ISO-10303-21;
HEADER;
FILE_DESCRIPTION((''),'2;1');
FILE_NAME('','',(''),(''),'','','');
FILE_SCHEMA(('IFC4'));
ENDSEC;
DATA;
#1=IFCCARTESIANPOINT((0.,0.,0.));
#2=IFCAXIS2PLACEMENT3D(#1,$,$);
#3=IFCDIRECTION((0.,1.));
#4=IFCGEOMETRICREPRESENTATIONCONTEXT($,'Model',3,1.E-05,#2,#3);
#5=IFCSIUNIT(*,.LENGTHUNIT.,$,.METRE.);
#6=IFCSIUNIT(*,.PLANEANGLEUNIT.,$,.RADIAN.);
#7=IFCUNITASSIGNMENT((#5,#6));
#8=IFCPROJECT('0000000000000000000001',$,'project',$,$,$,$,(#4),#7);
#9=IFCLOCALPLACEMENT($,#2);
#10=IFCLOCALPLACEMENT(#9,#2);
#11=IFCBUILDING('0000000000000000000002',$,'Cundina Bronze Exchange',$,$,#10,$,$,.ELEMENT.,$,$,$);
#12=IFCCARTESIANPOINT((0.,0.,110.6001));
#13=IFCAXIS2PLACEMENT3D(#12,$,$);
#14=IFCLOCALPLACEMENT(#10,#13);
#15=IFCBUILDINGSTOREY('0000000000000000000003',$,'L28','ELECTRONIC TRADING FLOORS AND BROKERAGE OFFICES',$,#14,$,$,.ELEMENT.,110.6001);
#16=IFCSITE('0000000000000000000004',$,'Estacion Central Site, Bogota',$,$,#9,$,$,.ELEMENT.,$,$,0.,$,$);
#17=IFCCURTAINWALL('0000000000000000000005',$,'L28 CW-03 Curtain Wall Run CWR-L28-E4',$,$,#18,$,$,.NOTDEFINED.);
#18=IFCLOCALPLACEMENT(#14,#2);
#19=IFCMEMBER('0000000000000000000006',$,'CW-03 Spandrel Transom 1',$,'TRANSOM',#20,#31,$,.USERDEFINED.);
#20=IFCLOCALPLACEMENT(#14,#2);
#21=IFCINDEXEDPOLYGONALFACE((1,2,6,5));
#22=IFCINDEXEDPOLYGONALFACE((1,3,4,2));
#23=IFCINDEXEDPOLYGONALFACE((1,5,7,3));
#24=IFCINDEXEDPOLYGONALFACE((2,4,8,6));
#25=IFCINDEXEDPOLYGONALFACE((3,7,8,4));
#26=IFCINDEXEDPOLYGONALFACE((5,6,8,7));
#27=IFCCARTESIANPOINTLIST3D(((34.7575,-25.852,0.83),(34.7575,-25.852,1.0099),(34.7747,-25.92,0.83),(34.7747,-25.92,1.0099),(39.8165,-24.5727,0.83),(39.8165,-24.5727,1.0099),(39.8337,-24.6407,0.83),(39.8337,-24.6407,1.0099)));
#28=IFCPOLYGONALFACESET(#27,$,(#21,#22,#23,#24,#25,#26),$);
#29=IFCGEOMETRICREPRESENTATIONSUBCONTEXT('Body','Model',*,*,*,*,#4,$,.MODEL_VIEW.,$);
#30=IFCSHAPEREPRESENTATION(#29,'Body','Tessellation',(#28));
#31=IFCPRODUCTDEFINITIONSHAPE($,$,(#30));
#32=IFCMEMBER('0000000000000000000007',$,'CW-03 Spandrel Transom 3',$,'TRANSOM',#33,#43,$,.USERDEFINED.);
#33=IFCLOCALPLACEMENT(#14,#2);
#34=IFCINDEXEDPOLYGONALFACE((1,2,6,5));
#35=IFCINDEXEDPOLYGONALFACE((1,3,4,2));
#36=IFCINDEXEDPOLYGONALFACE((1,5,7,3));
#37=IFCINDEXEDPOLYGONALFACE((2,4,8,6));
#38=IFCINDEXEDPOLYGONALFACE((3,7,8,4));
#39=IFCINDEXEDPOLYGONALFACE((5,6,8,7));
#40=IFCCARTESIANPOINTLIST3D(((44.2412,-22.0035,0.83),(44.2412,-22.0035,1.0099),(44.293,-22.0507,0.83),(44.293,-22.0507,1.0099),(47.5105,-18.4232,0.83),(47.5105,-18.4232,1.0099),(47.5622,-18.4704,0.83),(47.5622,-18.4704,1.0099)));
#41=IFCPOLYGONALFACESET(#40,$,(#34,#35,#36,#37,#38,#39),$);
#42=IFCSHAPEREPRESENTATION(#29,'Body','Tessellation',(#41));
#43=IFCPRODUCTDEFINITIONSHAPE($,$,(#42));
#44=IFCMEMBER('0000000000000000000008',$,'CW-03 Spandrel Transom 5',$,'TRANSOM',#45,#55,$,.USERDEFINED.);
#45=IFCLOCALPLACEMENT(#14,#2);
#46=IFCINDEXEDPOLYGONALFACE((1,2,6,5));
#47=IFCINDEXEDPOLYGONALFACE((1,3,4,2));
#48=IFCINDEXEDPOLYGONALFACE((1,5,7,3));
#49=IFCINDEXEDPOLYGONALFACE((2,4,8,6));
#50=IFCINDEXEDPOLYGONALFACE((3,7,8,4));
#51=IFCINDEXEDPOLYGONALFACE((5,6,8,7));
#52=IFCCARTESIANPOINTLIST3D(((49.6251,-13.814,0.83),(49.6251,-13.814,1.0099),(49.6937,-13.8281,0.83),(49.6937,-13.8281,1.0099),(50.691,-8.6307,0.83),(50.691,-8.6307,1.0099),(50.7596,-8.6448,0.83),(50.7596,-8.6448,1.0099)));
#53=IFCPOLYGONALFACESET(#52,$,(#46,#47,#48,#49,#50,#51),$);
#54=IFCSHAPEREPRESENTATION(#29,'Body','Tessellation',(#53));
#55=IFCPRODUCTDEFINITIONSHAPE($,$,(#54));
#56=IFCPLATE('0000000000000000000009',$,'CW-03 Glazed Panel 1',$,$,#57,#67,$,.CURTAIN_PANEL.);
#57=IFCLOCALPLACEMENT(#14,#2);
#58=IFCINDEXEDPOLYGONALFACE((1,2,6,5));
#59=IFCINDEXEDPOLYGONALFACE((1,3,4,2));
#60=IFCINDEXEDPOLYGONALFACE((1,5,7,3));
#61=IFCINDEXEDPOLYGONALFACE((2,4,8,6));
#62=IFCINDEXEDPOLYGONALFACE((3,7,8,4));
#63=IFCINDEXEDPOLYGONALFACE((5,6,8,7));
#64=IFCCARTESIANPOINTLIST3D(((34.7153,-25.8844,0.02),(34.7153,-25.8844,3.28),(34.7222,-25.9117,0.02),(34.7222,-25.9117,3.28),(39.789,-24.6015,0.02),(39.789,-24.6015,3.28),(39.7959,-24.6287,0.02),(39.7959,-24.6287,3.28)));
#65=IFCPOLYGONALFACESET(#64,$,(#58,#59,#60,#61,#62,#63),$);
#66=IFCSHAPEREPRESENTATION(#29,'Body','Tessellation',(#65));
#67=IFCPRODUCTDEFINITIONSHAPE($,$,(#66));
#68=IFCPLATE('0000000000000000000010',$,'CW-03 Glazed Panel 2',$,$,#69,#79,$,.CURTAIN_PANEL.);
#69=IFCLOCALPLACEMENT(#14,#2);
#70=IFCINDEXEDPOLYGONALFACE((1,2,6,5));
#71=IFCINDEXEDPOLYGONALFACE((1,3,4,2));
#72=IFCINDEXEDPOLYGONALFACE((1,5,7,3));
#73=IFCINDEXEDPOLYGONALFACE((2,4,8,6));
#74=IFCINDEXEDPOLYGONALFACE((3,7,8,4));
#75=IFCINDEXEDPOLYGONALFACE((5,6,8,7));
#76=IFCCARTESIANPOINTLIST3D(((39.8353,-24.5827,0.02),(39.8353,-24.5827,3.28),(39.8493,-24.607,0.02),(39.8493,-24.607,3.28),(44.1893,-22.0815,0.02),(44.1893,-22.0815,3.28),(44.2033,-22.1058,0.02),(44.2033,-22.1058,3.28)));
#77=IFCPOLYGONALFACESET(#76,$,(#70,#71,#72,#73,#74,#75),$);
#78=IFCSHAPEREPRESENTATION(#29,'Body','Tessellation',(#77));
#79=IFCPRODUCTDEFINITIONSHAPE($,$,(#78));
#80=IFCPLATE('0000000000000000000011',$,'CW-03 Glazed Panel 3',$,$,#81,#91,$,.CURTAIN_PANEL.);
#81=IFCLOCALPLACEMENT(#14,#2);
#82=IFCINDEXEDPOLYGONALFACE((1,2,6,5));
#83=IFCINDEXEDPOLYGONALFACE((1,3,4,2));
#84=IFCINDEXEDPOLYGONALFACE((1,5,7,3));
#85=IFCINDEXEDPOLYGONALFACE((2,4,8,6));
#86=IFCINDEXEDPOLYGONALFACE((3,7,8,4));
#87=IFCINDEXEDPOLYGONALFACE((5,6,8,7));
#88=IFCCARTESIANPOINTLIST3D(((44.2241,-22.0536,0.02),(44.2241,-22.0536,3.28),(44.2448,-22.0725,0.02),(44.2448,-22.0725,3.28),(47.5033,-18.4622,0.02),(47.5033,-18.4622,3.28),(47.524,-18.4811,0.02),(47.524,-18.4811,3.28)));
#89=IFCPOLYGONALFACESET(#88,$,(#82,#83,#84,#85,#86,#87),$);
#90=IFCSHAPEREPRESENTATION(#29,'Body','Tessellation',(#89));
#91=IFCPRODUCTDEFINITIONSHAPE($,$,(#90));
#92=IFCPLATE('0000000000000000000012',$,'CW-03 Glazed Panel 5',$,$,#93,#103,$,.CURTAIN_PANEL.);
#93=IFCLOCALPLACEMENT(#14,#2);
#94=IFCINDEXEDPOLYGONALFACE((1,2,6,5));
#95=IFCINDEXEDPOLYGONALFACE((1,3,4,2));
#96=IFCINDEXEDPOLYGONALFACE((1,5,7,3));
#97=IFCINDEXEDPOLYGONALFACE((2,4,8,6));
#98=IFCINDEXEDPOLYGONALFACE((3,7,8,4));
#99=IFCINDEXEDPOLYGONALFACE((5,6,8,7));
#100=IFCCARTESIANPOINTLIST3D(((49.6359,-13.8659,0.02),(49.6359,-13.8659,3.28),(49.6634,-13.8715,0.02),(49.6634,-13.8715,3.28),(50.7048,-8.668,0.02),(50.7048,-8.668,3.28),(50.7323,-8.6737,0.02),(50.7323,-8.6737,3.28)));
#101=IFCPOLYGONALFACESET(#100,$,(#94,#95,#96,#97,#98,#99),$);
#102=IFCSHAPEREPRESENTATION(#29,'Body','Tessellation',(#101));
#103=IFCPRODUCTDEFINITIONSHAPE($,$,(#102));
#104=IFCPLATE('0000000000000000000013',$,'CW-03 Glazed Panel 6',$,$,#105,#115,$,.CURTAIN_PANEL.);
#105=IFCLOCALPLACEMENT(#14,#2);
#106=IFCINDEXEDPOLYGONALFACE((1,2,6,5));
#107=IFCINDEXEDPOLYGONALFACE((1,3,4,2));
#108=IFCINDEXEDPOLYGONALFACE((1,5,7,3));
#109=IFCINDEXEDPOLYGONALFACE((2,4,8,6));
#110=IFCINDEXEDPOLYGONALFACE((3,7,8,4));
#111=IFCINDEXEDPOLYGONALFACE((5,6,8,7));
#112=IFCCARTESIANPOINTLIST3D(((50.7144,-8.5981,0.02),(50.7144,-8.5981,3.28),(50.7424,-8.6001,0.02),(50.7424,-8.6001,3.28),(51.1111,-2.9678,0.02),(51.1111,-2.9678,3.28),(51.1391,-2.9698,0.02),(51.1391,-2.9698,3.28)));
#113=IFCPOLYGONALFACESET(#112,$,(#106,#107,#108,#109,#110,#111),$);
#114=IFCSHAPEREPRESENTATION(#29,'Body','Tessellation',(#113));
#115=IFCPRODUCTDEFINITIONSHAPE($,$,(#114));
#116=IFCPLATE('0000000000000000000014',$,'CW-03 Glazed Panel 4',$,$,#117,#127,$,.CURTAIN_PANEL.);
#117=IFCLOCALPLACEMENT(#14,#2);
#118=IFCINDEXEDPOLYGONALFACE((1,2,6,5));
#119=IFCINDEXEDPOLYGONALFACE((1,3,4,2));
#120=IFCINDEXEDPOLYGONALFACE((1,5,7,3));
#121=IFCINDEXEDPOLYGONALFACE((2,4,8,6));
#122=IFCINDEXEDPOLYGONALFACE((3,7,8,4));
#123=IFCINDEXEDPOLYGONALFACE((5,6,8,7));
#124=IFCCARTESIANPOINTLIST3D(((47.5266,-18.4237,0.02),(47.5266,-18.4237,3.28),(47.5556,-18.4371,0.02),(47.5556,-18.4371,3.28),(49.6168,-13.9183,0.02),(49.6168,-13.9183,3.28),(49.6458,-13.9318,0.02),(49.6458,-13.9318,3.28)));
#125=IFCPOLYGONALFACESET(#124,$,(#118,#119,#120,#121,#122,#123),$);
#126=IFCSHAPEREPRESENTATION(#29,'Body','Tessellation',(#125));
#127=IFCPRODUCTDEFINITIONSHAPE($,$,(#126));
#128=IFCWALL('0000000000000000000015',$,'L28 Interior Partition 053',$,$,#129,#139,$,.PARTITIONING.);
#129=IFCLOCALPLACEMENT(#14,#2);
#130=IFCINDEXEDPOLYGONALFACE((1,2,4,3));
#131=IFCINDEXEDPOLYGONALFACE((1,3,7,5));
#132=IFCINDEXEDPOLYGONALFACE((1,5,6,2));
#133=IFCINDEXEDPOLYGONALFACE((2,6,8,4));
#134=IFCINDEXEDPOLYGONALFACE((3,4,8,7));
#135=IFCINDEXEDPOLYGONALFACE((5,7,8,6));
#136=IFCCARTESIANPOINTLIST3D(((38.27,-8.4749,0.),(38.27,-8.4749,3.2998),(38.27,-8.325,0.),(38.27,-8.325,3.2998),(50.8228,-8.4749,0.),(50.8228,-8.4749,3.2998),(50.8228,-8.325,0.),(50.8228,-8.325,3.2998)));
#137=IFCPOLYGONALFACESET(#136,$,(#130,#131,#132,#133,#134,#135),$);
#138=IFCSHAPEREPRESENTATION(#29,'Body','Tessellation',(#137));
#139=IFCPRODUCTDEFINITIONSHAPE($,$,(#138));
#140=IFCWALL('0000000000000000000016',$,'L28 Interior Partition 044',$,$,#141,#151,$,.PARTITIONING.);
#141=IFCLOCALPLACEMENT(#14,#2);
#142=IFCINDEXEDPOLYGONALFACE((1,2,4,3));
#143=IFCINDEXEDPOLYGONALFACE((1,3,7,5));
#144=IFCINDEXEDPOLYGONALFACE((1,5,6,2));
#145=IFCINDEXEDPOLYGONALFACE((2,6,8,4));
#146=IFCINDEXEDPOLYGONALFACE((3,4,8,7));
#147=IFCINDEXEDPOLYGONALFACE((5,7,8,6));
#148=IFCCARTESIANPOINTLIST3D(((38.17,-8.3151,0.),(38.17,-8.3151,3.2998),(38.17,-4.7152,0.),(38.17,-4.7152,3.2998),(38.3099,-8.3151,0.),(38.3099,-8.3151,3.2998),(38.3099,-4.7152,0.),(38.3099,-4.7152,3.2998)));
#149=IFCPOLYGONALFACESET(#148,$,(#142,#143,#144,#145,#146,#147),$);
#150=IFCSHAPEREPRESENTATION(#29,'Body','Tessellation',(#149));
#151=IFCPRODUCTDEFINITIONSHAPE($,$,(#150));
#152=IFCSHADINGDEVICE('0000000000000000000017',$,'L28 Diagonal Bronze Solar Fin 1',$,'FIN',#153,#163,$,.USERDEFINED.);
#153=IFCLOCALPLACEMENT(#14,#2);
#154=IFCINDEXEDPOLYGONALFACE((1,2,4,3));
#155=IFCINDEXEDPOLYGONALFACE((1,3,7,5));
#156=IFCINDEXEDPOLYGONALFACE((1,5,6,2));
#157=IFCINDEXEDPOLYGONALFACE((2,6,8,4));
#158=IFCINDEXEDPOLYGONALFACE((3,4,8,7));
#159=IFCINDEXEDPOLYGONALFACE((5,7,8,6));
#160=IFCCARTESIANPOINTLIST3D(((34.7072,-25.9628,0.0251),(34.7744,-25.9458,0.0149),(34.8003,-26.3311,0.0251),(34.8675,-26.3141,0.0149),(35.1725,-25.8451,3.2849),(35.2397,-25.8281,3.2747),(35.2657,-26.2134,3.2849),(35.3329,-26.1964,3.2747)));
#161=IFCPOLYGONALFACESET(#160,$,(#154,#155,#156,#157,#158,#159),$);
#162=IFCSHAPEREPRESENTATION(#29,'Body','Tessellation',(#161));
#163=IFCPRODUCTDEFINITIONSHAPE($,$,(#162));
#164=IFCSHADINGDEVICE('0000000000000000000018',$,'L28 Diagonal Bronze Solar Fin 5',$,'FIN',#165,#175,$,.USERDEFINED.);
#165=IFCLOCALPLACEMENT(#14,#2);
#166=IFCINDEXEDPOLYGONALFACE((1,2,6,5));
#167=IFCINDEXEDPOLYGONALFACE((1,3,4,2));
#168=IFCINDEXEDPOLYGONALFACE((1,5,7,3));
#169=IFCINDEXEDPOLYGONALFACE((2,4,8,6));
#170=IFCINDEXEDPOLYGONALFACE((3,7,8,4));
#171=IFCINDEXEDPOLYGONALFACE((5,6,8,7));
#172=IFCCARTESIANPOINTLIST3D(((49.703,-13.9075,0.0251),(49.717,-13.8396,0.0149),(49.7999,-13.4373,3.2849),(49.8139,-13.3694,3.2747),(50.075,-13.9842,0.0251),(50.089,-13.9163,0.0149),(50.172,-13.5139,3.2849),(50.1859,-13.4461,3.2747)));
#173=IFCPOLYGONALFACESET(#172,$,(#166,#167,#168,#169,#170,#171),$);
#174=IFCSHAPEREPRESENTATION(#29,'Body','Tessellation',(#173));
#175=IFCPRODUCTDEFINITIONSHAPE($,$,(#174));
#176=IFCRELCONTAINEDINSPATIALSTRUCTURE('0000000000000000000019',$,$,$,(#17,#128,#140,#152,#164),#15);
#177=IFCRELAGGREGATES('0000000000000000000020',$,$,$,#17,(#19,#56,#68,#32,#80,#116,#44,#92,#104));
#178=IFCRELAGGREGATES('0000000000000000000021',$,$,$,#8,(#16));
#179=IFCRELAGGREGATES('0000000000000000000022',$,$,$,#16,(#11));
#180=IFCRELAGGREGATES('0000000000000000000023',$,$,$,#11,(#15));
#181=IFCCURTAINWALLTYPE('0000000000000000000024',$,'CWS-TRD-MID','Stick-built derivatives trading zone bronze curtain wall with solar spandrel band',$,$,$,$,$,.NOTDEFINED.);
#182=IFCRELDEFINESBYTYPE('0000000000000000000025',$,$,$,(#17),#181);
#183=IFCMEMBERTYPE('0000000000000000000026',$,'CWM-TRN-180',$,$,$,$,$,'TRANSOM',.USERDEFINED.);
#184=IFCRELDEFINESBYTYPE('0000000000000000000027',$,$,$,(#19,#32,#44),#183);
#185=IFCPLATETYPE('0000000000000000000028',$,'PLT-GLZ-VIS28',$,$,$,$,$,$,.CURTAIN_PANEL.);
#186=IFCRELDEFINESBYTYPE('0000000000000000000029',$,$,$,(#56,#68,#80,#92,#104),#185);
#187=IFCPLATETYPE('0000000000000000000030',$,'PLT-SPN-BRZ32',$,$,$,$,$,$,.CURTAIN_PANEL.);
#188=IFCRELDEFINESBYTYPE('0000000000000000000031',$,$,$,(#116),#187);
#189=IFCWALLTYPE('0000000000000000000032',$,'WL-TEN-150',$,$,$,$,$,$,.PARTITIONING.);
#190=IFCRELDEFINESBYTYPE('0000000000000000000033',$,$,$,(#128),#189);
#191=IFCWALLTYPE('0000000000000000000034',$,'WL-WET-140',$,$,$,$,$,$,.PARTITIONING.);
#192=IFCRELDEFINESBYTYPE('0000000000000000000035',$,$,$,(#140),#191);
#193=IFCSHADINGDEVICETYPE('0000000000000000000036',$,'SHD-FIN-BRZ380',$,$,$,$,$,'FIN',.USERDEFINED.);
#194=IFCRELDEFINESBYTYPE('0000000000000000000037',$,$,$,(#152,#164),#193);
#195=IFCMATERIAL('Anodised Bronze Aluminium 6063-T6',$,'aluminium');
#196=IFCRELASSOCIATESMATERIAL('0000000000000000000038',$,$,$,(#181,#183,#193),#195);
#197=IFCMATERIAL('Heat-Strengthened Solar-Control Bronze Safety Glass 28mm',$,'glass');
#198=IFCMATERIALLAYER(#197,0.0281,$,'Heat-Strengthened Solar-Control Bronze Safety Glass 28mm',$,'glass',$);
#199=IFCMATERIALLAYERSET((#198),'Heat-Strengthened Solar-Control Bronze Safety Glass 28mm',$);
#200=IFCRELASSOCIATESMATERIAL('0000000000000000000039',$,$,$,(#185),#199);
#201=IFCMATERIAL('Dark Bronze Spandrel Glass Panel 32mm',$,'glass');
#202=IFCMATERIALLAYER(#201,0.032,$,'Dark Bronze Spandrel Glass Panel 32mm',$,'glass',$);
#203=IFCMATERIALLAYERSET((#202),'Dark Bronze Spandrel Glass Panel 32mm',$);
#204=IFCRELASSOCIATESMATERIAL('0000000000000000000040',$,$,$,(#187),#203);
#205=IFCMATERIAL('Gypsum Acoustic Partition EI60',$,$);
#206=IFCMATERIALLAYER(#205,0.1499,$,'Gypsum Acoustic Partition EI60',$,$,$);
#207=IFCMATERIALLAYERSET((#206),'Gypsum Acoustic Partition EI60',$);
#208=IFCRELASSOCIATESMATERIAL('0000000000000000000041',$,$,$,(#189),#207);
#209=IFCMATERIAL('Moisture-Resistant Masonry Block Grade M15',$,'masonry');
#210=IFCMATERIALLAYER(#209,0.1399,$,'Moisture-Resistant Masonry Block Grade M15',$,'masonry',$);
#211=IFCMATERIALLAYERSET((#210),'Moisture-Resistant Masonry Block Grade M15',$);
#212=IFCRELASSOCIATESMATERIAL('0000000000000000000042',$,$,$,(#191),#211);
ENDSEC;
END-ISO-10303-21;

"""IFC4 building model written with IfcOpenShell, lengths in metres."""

from ifc_helpers import new_model, si_unit, direction, frame, frame_2d, origin, origin_2d, place, context, subcontext, project, spatial, rectangle, extrude, material, layer, layer_set, material_profile, profile_set, type_object, element, aggregate, save


model = new_model("IFC4")

# Units and contexts
model_context = context("Model", 3, precision=1e-05, world=origin(), true_north=direction((0.0, 1.0)))
body_context = subcontext(model_context, "Body", "Model", "MODEL_VIEW")
ifc_project = project(units=[si_unit("LENGTHUNIT", "METRE"), si_unit("PLANEANGLEUNIT", "RADIAN")], contexts=[model_context])

# Site, building, storey
site_placement = place(None, origin())
site = spatial("IfcSite", under=ifc_project, at=site_placement, Name="Estacion Central Site, Bogota", CompositionType="ELEMENT", RefElevation=0.0)
building_placement = place(site_placement, origin())
building = spatial("IfcBuilding", under=site, at=building_placement, Name="Cundina Bronze Exchange", CompositionType="ELEMENT")
storey_placement = place(building_placement, frame((0.0, 0.0, 110.6001)))
storey = spatial("IfcBuildingStorey", under=building, at=storey_placement, Name="L28", Description="ELECTRONIC TRADING FLOORS AND BROKERAGE OFFICES", CompositionType="ELEMENT", Elevation=110.6001)

# Shared definitions
ifc_material_1 = material(Name="Anodised Bronze Aluminium 6063-T6", Category="aluminium")
curtain_wall_type = type_object("IfcCurtainWallType", Name="CWS-TRD-MID", Description="Stick-built derivatives trading zone bronze curtain wall with solar spandrel band", PredefinedType="NOTDEFINED", material=ifc_material_1)

# Curtain wall, members, plates
curtain_wall_1_placement = place(storey_placement, origin())
curtain_wall_1 = element("IfcCurtainWall", 1, at=curtain_wall_1_placement, inside=storey, type_object=curtain_wall_type, Name="L28 CW-03 Curtain Wall Run CWR-L28-E4", PredefinedType="NOTDEFINED")
ifc_material_profile_1 = material_profile(ifc_material_1, rectangle(XDim=0.0701, YDim=0.1799, at=origin_2d()), Name="AL70X180", Category="aluminium")
ifc_profile_set_1 = profile_set([ifc_material_profile_1], Name="Anodised Bronze Aluminium 6063-T6")
member_type_1 = type_object("IfcMemberType", Name="CWM-TRN-180", ElementType="TRANSOM", PredefinedType="USERDEFINED", material=ifc_profile_set_1)
member_1_placement = place(storey_placement, frame((34.7661, -25.886, 0.9199), z_axis=(0.969484, 0.245155, 0.0), x_axis=(-0.245155, 0.969484, 0.0)))
member_1 = element("IfcMember", 2, at=member_1_placement, type_object=member_type_1, Name="CW-03 Spandrel Transom 1", ObjectType="TRANSOM", PredefinedType="USERDEFINED", context=body_context, shape_type="SweptSolid", body=[
    extrude(rectangle(XDim=0.0701, YDim=0.1799, at=origin_2d()), origin(), (0.0, 0.0, 1.0), 5.2183),
])
member_2_placement = place(storey_placement, frame((44.2671, -22.0271, 0.9199), z_axis=(0.674303, 0.738455, 0.0), x_axis=(-0.738455, 0.674303, 0.0)))
member_2 = element("IfcMember", 3, at=member_2_placement, type_object=member_type_1, Name="CW-03 Spandrel Transom 3", ObjectType="TRANSOM", PredefinedType="USERDEFINED", context=body_context, shape_type="SweptSolid", body=[
    extrude(rectangle(XDim=0.0701, YDim=0.1799, at=origin_2d()), origin(), (0.0, 0.0, 1.0), 4.8484),
])
member_3_placement = place(storey_placement, frame((49.6594, -13.821, 0.9199), z_axis=(0.201428, 0.979503, 0.0), x_axis=(-0.979503, 0.201428, 0.0)))
member_3 = element("IfcMember", 4, at=member_3_placement, type_object=member_type_1, Name="CW-03 Spandrel Transom 5", ObjectType="TRANSOM", PredefinedType="USERDEFINED", context=body_context, shape_type="SweptSolid", body=[
    extrude(rectangle(XDim=0.0701, YDim=0.1799, at=origin_2d()), origin(), (0.0, 0.0, 1.0), 5.2917),
])
ifc_material_2 = material(Name="Heat-Strengthened Solar-Control Bronze Safety Glass 28mm", Category="glass")
ifc_layer_1 = layer(ifc_material_2, 0.0281, Name="Heat-Strengthened Solar-Control Bronze Safety Glass 28mm", Category="glass")
ifc_layer_set_1 = layer_set([ifc_layer_1], Name="Heat-Strengthened Solar-Control Bronze Safety Glass 28mm")
plate_type_1 = type_object("IfcPlateType", Name="PLT-GLZ-VIS28", PredefinedType="CURTAIN_PANEL", material=ifc_layer_set_1)
plate_1_placement = place(storey_placement, frame((37.2556, -25.2566, 0.02), z_axis=(0.0, 0.0, 1.0), x_axis=(0.969488, 0.245138, 0.0)))
plate_1 = element("IfcPlate", 5, at=plate_1_placement, type_object=plate_type_1, Name="CW-03 Glazed Panel 1", PredefinedType="CURTAIN_PANEL", context=body_context, shape_type="SweptSolid", body=[
    extrude(rectangle(XDim=5.2334, YDim=0.0281, at=origin_2d()), origin(), (0.0, 0.0, 1.0), 3.26),
])
plate_2_placement = place(storey_placement, frame((42.0193, -23.3442, 0.02), z_axis=(0.0, 0.0, 1.0), x_axis=(0.867105, 0.498125, 0.0)))
plate_2 = element("IfcPlate", 6, at=plate_2_placement, type_object=plate_type_1, Name="CW-03 Glazed Panel 2", PredefinedType="CURTAIN_PANEL", context=body_context, shape_type="SweptSolid", body=[
    extrude(rectangle(XDim=5.0212, YDim=0.0281, at=origin_2d()), origin(), (0.0, 0.0, 1.0), 3.26),
])
plate_3_placement = place(storey_placement, frame((45.874, -20.2673, 0.02), z_axis=(0.0, 0.0, 1.0), x_axis=(0.674277, 0.738479, 0.0)))
plate_3 = element("IfcPlate", 7, at=plate_3_placement, type_object=plate_type_1, Name="CW-03 Glazed Panel 3", PredefinedType="CURTAIN_PANEL", context=body_context, shape_type="SweptSolid", body=[
    extrude(rectangle(XDim=4.8633, YDim=0.0281, at=origin_2d()), origin(), (0.0, 0.0, 1.0), 3.26),
])
plate_4_placement = place(storey_placement, frame((50.1841, -11.2698, 0.02), z_axis=(0.0, 0.0, 1.0), x_axis=(0.20142, 0.979505, 0.0)))
plate_4 = element("IfcPlate", 8, at=plate_4_placement, type_object=plate_type_1, Name="CW-03 Glazed Panel 5", PredefinedType="CURTAIN_PANEL", context=body_context, shape_type="SweptSolid", body=[
    extrude(rectangle(XDim=5.3066, YDim=0.0281, at=origin_2d()), origin(), (0.0, 0.0, 1.0), 3.26),
])
plate_5_placement = place(storey_placement, frame((50.9268, -5.7839, 0.02), z_axis=(0.0, 0.0, 1.0), x_axis=(0.070279, 0.997527, 0.0)))
plate_5 = element("IfcPlate", 9, at=plate_5_placement, type_object=plate_type_1, Name="CW-03 Glazed Panel 6", PredefinedType="CURTAIN_PANEL", context=body_context, shape_type="SweptSolid", body=[
    extrude(rectangle(XDim=5.6443, YDim=0.0281, at=origin_2d()), origin(), (0.0, 0.0, 1.0), 3.26),
])
ifc_material_3 = material(Name="Dark Bronze Spandrel Glass Panel 32mm", Category="glass")
ifc_layer_2 = layer(ifc_material_3, 0.032, Name="Dark Bronze Spandrel Glass Panel 32mm", Category="glass")
ifc_layer_set_2 = layer_set([ifc_layer_2], Name="Dark Bronze Spandrel Glass Panel 32mm")
plate_type_2 = type_object("IfcPlateType", Name="PLT-SPN-BRZ32", PredefinedType="CURTAIN_PANEL", material=ifc_layer_set_2)
plate_6_placement = place(storey_placement, frame((48.5862, -16.1777, 0.02), z_axis=(0.0, 0.0, 1.0), x_axis=(0.420846, 0.907132, 0.0)))
plate_6 = element("IfcPlate", 10, at=plate_6_placement, type_object=plate_type_2, Name="CW-03 Glazed Panel 4", PredefinedType="CURTAIN_PANEL", context=body_context, shape_type="SweptSolid", body=[
    extrude(rectangle(XDim=4.9666, YDim=0.032, at=origin_2d()), origin(), (0.0, 0.0, 1.0), 3.26),
])
aggregate(curtain_wall_1, [member_1, plate_1, plate_2, member_2, plate_3, plate_6, member_3, plate_4, plate_5])

# Walls
ifc_material_4 = material(Name="Gypsum Acoustic Partition EI60")
ifc_layer_3 = layer(ifc_material_4, 0.1499, Name="Gypsum Acoustic Partition EI60")
ifc_layer_set_3 = layer_set([ifc_layer_3], Name="Gypsum Acoustic Partition EI60")
wall_type_1 = type_object("IfcWallType", Name="WL-TEN-150", PredefinedType="PARTITIONING", material=ifc_layer_set_3)
wall_1_placement = place(storey_placement, frame((38.27, -8.3999, 0.0), z_axis=(0.0, 0.0, 1.0), x_axis=(1.0, 0.0, 0.0)))
element("IfcWall", 11, at=wall_1_placement, inside=storey, type_object=wall_type_1, Name="L28 Interior Partition 053", PredefinedType="PARTITIONING", context=body_context, shape_type="SweptSolid", body=[
    extrude(rectangle(XDim=12.5527, YDim=0.1499, at=frame_2d((6.2764, 0.0))), origin(), (0.0, 0.0, 1.0), 3.2998),
])
ifc_material_5 = material(Name="Moisture-Resistant Masonry Block Grade M15", Category="masonry")
ifc_layer_4 = layer(ifc_material_5, 0.1399, Name="Moisture-Resistant Masonry Block Grade M15", Category="masonry")
ifc_layer_set_4 = layer_set([ifc_layer_4], Name="Moisture-Resistant Masonry Block Grade M15")
wall_type_2 = type_object("IfcWallType", Name="WL-WET-140", PredefinedType="PARTITIONING", material=ifc_layer_set_4)
wall_2_placement = place(storey_placement, frame((38.24, -8.3149, 0.0), z_axis=(0.0, 0.0, 1.0), x_axis=(0.0, 1.0, 0.0)))
element("IfcWall", 12, at=wall_2_placement, inside=storey, type_object=wall_type_2, Name="L28 Interior Partition 044", PredefinedType="PARTITIONING", context=body_context, shape_type="SweptSolid", body=[
    extrude(rectangle(XDim=3.5999, YDim=0.1399, at=frame_2d((1.7998, 0.0))), origin(), (0.0, 0.0, 1.0), 3.2998),
])

# Shading devices
ifc_material_profile_2 = material_profile(ifc_material_1, rectangle(XDim=0.0701, YDim=0.3799, at=origin_2d()), Name="FIN70X380", Category="aluminium")
ifc_profile_set_2 = profile_set([ifc_material_profile_2], Name="Anodised Bronze Aluminium 6063-T6")
shading_device_type = type_object("IfcShadingDeviceType", Name="SHD-FIN-BRZ380", ElementType="FIN", PredefinedType="USERDEFINED", material=ifc_profile_set_2)
for number, where, z_axis, x_axis, name in (
    (13, (34.7874, -26.1384, 0.02), (0.141227, 0.035714, 0.989333), (-0.959139, -0.242552, 0.145673), "L28 Diagonal Bronze Solar Fin 1"),
    (14, (49.896, -13.9119, 0.02), (0.029416, 0.142709, 0.989328), (-0.199728, -0.968957, 0.145709), "L28 Diagonal Bronze Solar Fin 5"),
):
    element("IfcShadingDevice", number, at=place(storey_placement, frame(where, z_axis=z_axis, x_axis=x_axis)), inside=storey, type_object=shading_device_type, Name=name, ObjectType="FIN", PredefinedType="USERDEFINED", context=body_context, shape_type="SweptSolid", body=[
        extrude(rectangle(XDim=0.0701, YDim=0.3799, at=origin_2d()), origin(), (0.0, 0.0, 1.0), 3.2949),
    ])

save(model, "model.ifc")
